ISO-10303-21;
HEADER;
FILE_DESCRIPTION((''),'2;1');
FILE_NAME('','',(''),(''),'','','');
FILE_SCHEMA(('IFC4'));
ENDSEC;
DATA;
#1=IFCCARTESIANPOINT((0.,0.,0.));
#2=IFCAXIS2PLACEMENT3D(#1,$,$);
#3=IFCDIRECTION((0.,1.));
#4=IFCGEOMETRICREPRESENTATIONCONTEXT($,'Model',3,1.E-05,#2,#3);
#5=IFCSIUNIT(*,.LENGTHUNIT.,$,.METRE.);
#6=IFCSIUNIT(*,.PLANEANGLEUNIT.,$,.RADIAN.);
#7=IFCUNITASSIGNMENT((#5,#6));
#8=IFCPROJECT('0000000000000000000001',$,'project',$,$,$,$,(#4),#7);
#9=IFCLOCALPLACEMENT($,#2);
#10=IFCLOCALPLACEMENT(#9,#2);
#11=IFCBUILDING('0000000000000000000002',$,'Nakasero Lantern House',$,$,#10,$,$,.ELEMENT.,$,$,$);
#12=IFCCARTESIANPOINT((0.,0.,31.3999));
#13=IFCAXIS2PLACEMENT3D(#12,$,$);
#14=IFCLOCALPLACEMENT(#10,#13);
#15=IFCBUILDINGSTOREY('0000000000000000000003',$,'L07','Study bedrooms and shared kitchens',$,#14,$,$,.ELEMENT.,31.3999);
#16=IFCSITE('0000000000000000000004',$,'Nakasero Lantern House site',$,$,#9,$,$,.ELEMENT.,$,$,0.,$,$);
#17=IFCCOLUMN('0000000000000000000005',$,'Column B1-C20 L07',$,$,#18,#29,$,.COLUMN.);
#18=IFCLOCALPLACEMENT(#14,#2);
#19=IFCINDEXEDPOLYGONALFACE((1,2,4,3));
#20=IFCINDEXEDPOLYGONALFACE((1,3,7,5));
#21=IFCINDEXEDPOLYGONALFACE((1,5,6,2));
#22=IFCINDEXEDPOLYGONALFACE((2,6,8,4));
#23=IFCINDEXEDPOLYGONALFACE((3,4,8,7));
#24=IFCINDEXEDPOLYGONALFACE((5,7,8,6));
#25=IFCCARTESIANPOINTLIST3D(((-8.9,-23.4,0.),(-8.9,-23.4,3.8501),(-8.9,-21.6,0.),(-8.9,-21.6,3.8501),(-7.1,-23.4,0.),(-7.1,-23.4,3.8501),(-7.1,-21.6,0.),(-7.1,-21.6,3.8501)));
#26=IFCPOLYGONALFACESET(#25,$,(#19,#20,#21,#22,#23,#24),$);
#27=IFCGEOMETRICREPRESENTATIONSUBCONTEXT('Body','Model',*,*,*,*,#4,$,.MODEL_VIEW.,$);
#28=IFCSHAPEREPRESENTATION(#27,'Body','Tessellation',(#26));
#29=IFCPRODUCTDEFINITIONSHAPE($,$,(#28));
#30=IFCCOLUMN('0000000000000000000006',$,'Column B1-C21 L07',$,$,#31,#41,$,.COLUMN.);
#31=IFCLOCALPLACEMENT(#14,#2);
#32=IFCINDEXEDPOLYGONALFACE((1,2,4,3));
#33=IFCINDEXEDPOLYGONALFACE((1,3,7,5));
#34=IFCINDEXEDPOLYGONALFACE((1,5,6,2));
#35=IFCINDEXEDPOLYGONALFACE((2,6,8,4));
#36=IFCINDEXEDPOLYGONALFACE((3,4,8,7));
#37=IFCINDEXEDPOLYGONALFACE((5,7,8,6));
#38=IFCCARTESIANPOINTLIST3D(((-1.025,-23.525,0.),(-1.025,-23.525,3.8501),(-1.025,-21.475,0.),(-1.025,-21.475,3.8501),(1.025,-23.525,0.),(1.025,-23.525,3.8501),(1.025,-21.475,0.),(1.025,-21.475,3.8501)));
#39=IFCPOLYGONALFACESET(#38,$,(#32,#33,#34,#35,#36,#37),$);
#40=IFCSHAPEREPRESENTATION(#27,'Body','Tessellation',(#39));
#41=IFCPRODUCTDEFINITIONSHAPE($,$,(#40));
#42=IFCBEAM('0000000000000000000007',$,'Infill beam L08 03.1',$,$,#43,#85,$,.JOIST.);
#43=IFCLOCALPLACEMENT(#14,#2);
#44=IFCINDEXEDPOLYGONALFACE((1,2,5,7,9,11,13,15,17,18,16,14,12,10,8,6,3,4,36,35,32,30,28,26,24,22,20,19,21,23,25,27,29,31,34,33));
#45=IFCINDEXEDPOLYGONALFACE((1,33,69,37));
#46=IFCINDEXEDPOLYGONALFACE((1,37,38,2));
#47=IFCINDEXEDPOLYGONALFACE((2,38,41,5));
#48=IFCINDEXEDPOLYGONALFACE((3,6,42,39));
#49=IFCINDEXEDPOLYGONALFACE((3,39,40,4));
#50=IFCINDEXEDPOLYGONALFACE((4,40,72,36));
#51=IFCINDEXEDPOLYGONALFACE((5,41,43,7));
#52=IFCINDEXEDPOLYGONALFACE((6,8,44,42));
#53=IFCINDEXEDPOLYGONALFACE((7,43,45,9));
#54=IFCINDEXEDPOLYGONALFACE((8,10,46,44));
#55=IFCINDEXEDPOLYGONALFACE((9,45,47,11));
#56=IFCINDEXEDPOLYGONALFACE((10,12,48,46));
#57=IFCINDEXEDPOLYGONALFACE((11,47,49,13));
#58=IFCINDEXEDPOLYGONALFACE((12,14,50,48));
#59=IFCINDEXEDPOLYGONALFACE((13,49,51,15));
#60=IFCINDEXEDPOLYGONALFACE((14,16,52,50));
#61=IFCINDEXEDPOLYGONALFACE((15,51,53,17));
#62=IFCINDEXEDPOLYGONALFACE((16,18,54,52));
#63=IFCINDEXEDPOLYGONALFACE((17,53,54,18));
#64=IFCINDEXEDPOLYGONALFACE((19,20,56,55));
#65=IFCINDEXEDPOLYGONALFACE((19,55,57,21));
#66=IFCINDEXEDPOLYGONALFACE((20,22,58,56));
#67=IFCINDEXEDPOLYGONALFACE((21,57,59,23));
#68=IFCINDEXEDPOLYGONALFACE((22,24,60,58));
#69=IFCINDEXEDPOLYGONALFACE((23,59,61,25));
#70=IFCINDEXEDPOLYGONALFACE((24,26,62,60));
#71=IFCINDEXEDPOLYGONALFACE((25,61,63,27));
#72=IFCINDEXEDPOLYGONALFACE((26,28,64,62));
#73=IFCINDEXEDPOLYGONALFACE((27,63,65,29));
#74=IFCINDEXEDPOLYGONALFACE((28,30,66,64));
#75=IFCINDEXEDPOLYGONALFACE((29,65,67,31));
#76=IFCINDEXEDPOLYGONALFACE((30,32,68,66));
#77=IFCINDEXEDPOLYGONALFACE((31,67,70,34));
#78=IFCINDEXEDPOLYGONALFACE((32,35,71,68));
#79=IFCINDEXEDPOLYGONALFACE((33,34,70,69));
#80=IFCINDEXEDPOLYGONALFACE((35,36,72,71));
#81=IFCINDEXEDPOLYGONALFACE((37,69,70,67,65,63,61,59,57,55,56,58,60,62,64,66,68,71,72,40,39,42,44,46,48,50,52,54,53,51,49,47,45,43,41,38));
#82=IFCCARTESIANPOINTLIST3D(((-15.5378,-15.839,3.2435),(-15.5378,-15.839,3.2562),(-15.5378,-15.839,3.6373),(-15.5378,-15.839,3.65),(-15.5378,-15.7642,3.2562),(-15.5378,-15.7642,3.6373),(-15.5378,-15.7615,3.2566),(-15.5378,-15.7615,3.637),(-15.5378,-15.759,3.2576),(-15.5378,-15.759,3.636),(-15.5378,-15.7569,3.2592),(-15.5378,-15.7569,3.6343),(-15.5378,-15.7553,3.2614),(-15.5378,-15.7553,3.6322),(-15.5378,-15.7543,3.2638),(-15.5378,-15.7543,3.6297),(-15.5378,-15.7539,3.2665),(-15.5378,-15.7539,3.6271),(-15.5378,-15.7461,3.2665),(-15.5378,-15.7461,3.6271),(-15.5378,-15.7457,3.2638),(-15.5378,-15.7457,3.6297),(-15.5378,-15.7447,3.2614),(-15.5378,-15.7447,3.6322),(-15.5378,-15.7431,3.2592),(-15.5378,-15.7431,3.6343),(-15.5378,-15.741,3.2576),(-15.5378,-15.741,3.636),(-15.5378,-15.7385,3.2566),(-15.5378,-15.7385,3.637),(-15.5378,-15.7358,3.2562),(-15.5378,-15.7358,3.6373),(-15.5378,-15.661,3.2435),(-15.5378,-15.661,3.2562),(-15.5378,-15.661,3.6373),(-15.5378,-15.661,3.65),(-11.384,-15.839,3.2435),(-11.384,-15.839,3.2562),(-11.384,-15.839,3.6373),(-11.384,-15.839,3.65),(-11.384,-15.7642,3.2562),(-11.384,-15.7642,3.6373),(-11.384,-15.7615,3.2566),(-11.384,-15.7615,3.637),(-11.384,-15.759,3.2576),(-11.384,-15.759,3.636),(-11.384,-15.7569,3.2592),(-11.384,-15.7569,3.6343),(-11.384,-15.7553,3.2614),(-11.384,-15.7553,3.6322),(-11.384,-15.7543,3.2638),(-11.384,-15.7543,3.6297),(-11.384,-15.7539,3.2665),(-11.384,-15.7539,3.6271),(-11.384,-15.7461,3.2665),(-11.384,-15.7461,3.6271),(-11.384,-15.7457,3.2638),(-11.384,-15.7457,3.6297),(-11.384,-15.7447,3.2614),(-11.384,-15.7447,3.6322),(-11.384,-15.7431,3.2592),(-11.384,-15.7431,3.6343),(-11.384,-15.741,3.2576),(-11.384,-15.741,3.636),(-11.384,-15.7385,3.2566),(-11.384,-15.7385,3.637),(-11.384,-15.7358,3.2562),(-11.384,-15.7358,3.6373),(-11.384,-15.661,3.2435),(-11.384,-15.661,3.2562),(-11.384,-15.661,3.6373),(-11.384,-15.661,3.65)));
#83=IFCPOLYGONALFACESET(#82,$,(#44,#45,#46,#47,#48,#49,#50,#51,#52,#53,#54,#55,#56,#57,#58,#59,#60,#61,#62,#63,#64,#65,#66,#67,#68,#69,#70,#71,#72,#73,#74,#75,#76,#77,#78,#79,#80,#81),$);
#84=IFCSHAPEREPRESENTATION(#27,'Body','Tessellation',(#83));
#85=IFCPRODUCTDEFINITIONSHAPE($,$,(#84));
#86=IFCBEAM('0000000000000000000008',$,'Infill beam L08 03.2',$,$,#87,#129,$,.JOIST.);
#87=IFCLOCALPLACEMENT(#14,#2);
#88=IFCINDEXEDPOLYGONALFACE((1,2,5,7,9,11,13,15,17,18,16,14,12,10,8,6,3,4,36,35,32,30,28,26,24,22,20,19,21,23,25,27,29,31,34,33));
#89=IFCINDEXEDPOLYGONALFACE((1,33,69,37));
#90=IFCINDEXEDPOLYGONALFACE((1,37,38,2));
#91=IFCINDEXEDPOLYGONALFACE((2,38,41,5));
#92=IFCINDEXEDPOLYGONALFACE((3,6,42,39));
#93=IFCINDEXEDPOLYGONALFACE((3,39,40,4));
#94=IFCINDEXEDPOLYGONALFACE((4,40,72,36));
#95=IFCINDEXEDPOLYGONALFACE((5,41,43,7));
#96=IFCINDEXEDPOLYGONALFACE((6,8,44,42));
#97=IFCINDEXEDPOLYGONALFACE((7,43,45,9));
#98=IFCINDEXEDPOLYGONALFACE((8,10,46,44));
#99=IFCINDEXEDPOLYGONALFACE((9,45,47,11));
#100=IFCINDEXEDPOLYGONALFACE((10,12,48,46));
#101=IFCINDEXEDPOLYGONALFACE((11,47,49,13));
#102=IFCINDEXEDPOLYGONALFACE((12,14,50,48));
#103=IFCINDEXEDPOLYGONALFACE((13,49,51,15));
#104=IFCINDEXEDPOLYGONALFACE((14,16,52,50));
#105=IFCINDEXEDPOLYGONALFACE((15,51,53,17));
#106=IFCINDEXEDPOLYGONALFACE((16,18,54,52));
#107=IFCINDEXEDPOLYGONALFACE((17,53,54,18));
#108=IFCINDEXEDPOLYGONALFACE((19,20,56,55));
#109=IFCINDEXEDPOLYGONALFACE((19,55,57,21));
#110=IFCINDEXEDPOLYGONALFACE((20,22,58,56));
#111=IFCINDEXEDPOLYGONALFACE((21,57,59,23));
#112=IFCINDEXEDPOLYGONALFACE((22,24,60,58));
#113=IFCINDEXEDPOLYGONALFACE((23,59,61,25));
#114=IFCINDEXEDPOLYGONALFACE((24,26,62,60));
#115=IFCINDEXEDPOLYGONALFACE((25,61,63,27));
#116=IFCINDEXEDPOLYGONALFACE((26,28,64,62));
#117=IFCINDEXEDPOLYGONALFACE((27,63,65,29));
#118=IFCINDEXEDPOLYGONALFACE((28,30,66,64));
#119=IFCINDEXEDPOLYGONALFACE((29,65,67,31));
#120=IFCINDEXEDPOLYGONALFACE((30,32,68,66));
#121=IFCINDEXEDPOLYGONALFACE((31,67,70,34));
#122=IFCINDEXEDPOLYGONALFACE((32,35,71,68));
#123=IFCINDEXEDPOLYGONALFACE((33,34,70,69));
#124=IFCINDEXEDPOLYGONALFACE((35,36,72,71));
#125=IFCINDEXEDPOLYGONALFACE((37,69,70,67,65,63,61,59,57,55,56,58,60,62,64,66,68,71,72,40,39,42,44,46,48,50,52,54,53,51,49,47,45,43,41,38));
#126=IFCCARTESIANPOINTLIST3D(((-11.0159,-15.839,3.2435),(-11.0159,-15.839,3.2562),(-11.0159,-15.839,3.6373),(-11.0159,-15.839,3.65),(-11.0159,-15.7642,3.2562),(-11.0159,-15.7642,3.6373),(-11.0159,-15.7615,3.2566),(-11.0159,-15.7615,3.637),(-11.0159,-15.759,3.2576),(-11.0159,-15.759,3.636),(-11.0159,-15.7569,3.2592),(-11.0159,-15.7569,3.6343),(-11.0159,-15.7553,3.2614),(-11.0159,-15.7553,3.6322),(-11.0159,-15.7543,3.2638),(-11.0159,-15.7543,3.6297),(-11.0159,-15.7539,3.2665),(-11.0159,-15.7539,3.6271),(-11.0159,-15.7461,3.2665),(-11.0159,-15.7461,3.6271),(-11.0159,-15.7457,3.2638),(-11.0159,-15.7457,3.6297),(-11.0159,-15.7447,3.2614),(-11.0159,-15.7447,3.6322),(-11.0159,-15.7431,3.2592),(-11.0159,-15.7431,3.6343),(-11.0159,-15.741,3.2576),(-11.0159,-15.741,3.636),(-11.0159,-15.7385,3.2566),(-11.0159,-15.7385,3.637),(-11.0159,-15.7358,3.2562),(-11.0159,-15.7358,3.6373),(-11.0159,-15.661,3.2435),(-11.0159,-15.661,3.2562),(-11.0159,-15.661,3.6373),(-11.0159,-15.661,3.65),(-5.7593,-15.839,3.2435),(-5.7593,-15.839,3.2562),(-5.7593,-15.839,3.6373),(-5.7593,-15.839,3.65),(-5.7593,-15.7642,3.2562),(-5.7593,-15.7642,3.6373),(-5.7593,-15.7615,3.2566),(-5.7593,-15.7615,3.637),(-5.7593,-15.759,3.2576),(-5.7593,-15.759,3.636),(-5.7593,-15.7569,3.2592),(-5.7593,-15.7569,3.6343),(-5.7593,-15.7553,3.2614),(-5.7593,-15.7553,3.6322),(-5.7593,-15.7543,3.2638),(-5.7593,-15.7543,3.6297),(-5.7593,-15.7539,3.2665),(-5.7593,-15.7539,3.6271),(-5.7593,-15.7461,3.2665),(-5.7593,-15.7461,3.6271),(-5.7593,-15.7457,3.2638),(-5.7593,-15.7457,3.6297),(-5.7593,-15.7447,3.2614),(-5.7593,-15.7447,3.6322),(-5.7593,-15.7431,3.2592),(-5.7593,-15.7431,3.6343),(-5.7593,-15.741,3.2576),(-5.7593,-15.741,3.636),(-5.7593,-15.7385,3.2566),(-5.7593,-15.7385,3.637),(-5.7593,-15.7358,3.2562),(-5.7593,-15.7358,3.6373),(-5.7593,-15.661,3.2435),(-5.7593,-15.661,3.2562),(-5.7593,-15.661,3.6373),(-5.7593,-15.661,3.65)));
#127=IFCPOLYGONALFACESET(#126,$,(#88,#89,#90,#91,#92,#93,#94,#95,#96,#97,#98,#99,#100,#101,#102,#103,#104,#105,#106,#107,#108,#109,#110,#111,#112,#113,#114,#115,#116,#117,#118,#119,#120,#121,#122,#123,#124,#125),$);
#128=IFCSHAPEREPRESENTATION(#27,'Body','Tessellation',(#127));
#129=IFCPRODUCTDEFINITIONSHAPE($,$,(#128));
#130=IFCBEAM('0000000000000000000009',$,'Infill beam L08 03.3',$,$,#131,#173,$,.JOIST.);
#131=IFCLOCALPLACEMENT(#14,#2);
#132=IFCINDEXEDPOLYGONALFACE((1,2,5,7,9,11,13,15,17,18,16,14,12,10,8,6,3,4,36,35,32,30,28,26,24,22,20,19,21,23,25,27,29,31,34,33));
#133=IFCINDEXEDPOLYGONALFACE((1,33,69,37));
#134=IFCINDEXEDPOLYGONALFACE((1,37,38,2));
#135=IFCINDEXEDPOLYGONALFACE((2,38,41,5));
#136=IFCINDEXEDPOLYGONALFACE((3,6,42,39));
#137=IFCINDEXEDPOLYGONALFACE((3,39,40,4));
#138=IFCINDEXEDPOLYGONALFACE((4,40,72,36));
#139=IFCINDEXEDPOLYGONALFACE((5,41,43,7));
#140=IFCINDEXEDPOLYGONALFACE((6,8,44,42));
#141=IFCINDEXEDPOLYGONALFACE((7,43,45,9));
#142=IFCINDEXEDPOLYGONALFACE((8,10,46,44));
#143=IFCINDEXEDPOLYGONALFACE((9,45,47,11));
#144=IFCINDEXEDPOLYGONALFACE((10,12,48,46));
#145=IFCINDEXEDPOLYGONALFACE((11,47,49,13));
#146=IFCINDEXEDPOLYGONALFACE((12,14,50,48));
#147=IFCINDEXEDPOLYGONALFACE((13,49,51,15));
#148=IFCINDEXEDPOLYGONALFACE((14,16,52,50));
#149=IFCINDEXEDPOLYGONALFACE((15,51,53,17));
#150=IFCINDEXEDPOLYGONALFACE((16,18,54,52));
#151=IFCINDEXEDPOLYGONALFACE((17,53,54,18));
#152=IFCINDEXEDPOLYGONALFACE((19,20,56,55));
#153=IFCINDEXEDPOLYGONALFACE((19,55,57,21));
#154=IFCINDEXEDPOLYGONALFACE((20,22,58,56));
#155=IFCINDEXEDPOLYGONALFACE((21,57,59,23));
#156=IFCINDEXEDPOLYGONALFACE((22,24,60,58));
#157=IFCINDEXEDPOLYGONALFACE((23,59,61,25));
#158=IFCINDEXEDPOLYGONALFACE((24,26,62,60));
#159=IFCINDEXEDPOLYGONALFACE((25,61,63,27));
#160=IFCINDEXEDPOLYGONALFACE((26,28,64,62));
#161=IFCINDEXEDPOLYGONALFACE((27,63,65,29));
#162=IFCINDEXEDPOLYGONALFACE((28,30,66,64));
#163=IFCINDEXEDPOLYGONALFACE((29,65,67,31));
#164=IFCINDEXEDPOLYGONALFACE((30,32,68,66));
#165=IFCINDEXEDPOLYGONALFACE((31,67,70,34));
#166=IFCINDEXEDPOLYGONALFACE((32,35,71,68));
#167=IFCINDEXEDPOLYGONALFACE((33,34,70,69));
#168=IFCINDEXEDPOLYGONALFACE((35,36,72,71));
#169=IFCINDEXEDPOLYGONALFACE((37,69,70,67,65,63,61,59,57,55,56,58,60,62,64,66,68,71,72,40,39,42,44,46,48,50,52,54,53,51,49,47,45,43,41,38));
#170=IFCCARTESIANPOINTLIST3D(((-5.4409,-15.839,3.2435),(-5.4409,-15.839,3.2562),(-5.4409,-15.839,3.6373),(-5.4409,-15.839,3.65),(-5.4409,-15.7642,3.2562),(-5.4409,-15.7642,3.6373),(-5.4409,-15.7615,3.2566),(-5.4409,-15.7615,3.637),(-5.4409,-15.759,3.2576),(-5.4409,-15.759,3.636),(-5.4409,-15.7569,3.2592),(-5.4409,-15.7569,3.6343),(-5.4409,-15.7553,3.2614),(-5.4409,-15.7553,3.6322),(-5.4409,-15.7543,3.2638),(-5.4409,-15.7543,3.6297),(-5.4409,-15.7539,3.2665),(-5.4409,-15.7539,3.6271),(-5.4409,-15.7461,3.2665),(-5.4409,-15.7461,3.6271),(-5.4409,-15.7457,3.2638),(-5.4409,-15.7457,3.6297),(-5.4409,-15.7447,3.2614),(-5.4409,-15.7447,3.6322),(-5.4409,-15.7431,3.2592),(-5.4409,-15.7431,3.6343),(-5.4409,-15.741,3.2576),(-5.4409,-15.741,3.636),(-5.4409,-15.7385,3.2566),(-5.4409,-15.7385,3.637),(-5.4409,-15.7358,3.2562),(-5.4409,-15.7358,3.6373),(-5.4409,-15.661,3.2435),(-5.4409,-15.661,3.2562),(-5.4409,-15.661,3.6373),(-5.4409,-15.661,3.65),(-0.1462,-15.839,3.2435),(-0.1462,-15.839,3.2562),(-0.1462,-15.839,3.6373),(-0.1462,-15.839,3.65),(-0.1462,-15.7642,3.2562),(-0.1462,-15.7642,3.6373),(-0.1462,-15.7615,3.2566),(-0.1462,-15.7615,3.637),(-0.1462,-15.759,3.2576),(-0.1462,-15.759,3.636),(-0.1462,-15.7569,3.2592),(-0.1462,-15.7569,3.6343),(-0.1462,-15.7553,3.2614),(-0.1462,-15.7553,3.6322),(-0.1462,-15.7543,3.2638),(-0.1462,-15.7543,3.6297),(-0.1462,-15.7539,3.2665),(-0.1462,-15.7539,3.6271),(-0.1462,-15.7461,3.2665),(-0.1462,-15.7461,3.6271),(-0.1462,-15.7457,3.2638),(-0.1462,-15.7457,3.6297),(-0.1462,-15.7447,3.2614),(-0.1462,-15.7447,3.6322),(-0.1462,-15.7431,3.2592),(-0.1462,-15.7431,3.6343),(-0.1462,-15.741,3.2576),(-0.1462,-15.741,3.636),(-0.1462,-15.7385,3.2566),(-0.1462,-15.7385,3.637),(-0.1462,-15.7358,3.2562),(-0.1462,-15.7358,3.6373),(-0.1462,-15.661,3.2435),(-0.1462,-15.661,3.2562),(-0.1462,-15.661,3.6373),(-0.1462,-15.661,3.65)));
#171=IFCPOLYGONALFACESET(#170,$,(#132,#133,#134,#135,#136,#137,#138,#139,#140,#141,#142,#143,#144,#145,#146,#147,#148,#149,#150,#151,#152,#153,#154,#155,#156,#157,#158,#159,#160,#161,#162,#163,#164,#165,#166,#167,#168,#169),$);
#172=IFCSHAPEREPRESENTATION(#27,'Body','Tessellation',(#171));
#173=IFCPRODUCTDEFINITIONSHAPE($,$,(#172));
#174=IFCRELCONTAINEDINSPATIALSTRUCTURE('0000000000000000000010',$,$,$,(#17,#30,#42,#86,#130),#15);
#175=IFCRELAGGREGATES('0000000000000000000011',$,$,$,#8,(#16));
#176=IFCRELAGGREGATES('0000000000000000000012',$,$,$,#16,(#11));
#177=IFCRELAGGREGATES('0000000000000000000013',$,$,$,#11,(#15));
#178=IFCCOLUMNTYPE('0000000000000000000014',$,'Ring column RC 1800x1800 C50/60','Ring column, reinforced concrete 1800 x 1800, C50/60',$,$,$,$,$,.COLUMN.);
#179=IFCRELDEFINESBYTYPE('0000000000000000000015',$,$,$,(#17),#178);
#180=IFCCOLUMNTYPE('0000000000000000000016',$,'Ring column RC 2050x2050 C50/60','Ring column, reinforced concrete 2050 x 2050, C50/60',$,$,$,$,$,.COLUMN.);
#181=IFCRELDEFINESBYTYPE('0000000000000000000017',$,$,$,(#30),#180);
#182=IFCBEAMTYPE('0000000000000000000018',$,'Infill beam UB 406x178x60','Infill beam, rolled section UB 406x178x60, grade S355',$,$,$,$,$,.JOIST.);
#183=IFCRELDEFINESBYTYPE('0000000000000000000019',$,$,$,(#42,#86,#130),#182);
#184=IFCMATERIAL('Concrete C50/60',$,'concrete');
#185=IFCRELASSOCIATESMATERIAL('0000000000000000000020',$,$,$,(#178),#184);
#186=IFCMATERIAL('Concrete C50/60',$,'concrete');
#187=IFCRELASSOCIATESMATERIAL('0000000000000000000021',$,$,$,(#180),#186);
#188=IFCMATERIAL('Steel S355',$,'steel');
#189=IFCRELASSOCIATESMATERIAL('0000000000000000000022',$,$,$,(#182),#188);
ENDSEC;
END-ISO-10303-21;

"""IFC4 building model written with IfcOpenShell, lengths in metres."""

from ifc_helpers import new_model, si_unit, direction, frame, origin, origin_2d, place, context, subcontext, project, spatial, rectangle, i_section, extrude, material, material_profile, profile_set, type_object, element, save


model = new_model("IFC4")

# Units and contexts
model_context = context("Model", 3, precision=1e-05, world=origin(), true_north=direction((0.0, 1.0)))
body_context = subcontext(model_context, "Body", "Model", "MODEL_VIEW")
ifc_project = project(units=[si_unit("LENGTHUNIT", "METRE"), si_unit("PLANEANGLEUNIT", "RADIAN")], contexts=[model_context])

# Site, building, storey
site_placement = place(None, origin())
site = spatial("IfcSite", under=ifc_project, at=site_placement, Name="Nakasero Lantern House site", CompositionType="ELEMENT", RefElevation=0.0)
building_placement = place(site_placement, origin())
building = spatial("IfcBuilding", under=site, at=building_placement, Name="Nakasero Lantern House", CompositionType="ELEMENT")
storey_placement = place(building_placement, frame((0.0, 0.0, 31.3999)))
storey = spatial("IfcBuildingStorey", under=building, at=storey_placement, Name="L07", Description="Study bedrooms and shared kitchens", CompositionType="ELEMENT", Elevation=31.3999)

# Columns
ifc_material_1 = material(Name="Concrete C50/60", Category="concrete")
ifc_material_profile_1 = material_profile(ifc_material_1, rectangle(XDim=1.8, YDim=1.8, at=origin_2d()), Name="RC 1800x1800")
ifc_profile_set_1 = profile_set([ifc_material_profile_1], Name="Concrete C50/60")
column_type_1 = type_object("IfcColumnType", Name="Ring column RC 1800x1800 C50/60", Description="Ring column, reinforced concrete 1800 x 1800, C50/60", PredefinedType="COLUMN", material=ifc_profile_set_1)
column_1_placement = place(storey_placement, frame((-8.0, -22.5, 0.0), z_axis=(0.0, 0.0, 1.0), x_axis=(1.0, 0.0, 0.0)))
element("IfcColumn", 1, at=column_1_placement, inside=storey, type_object=column_type_1, Name="Column B1-C20 L07", PredefinedType="COLUMN", context=body_context, shape_type="SweptSolid", body=[
    extrude(rectangle(XDim=1.8, YDim=1.8, at=origin_2d()), origin(), (0.0, 0.0, 1.0), 3.8501),
])
ifc_material_2 = material(Name="Concrete C50/60", Category="concrete")
ifc_material_profile_2 = material_profile(ifc_material_2, rectangle(XDim=2.05, YDim=2.05, at=origin_2d()), Name="RC 2050x2050")
ifc_profile_set_2 = profile_set([ifc_material_profile_2], Name="Concrete C50/60")
column_type_2 = type_object("IfcColumnType", Name="Ring column RC 2050x2050 C50/60", Description="Ring column, reinforced concrete 2050 x 2050, C50/60", PredefinedType="COLUMN", material=ifc_profile_set_2)
column_2_placement = place(storey_placement, frame((0.0, -22.5, 0.0), z_axis=(0.0, 0.0, 1.0), x_axis=(1.0, 0.0, 0.0)))
element("IfcColumn", 2, at=column_2_placement, inside=storey, type_object=column_type_2, Name="Column B1-C21 L07", PredefinedType="COLUMN", context=body_context, shape_type="SweptSolid", body=[
    extrude(rectangle(XDim=2.05, YDim=2.05, at=origin_2d()), origin(), (0.0, 0.0, 1.0), 3.8501),
])

# Beams
ifc_material_3 = material(Name="Steel S355", Category="steel")
ifc_material_profile_3 = material_profile(ifc_material_3, i_section(OverallWidth=0.178, OverallDepth=0.4065, WebThickness=0.0078, FlangeThickness=0.0127, FilletRadius=0.0103, at=origin_2d()), Name="UB 406x178x60")
ifc_profile_set_3 = profile_set([ifc_material_profile_3], Name="Steel S355")
beam_type_1 = type_object("IfcBeamType", Name="Infill beam UB 406x178x60", Description="Infill beam, rolled section UB 406x178x60, grade S355", PredefinedType="JOIST", material=ifc_profile_set_3)
beam_1_placement = place(storey_placement, frame((-15.5378, -15.75, 3.4468), z_axis=(1.0, 0.0, 0.0), x_axis=(0.0, 1.0, 0.0)))
element("IfcBeam", 3, at=beam_1_placement, inside=storey, type_object=beam_type_1, Name="Infill beam L08 03.1", PredefinedType="JOIST", context=body_context, shape_type="SweptSolid", body=[
    extrude(i_section(OverallWidth=0.178, OverallDepth=0.4065, WebThickness=0.0078, FlangeThickness=0.0127, FilletRadius=0.0103, at=origin_2d()), origin(), (0.0, 0.0, 1.0), 4.1538),
])
beam_2_placement = place(storey_placement, frame((-11.0159, -15.75, 3.4468), z_axis=(1.0, 0.0, 0.0), x_axis=(0.0, 1.0, 0.0)))
element("IfcBeam", 4, at=beam_2_placement, inside=storey, type_object=beam_type_1, Name="Infill beam L08 03.2", PredefinedType="JOIST", context=body_context, shape_type="SweptSolid", body=[
    extrude(i_section(OverallWidth=0.178, OverallDepth=0.4065, WebThickness=0.0078, FlangeThickness=0.0127, FilletRadius=0.0103, at=origin_2d()), origin(), (0.0, 0.0, 1.0), 5.2566),
])
beam_3_placement = place(storey_placement, frame((-5.4409, -15.75, 3.4468), z_axis=(1.0, 0.0, 0.0), x_axis=(0.0, 1.0, 0.0)))
element("IfcBeam", 5, at=beam_3_placement, inside=storey, type_object=beam_type_1, Name="Infill beam L08 03.3", PredefinedType="JOIST", context=body_context, shape_type="SweptSolid", body=[
    extrude(i_section(OverallWidth=0.178, OverallDepth=0.4065, WebThickness=0.0078, FlangeThickness=0.0127, FilletRadius=0.0103, at=origin_2d()), origin(), (0.0, 0.0, 1.0), 5.2947),
])

save(model, "model.ifc")
